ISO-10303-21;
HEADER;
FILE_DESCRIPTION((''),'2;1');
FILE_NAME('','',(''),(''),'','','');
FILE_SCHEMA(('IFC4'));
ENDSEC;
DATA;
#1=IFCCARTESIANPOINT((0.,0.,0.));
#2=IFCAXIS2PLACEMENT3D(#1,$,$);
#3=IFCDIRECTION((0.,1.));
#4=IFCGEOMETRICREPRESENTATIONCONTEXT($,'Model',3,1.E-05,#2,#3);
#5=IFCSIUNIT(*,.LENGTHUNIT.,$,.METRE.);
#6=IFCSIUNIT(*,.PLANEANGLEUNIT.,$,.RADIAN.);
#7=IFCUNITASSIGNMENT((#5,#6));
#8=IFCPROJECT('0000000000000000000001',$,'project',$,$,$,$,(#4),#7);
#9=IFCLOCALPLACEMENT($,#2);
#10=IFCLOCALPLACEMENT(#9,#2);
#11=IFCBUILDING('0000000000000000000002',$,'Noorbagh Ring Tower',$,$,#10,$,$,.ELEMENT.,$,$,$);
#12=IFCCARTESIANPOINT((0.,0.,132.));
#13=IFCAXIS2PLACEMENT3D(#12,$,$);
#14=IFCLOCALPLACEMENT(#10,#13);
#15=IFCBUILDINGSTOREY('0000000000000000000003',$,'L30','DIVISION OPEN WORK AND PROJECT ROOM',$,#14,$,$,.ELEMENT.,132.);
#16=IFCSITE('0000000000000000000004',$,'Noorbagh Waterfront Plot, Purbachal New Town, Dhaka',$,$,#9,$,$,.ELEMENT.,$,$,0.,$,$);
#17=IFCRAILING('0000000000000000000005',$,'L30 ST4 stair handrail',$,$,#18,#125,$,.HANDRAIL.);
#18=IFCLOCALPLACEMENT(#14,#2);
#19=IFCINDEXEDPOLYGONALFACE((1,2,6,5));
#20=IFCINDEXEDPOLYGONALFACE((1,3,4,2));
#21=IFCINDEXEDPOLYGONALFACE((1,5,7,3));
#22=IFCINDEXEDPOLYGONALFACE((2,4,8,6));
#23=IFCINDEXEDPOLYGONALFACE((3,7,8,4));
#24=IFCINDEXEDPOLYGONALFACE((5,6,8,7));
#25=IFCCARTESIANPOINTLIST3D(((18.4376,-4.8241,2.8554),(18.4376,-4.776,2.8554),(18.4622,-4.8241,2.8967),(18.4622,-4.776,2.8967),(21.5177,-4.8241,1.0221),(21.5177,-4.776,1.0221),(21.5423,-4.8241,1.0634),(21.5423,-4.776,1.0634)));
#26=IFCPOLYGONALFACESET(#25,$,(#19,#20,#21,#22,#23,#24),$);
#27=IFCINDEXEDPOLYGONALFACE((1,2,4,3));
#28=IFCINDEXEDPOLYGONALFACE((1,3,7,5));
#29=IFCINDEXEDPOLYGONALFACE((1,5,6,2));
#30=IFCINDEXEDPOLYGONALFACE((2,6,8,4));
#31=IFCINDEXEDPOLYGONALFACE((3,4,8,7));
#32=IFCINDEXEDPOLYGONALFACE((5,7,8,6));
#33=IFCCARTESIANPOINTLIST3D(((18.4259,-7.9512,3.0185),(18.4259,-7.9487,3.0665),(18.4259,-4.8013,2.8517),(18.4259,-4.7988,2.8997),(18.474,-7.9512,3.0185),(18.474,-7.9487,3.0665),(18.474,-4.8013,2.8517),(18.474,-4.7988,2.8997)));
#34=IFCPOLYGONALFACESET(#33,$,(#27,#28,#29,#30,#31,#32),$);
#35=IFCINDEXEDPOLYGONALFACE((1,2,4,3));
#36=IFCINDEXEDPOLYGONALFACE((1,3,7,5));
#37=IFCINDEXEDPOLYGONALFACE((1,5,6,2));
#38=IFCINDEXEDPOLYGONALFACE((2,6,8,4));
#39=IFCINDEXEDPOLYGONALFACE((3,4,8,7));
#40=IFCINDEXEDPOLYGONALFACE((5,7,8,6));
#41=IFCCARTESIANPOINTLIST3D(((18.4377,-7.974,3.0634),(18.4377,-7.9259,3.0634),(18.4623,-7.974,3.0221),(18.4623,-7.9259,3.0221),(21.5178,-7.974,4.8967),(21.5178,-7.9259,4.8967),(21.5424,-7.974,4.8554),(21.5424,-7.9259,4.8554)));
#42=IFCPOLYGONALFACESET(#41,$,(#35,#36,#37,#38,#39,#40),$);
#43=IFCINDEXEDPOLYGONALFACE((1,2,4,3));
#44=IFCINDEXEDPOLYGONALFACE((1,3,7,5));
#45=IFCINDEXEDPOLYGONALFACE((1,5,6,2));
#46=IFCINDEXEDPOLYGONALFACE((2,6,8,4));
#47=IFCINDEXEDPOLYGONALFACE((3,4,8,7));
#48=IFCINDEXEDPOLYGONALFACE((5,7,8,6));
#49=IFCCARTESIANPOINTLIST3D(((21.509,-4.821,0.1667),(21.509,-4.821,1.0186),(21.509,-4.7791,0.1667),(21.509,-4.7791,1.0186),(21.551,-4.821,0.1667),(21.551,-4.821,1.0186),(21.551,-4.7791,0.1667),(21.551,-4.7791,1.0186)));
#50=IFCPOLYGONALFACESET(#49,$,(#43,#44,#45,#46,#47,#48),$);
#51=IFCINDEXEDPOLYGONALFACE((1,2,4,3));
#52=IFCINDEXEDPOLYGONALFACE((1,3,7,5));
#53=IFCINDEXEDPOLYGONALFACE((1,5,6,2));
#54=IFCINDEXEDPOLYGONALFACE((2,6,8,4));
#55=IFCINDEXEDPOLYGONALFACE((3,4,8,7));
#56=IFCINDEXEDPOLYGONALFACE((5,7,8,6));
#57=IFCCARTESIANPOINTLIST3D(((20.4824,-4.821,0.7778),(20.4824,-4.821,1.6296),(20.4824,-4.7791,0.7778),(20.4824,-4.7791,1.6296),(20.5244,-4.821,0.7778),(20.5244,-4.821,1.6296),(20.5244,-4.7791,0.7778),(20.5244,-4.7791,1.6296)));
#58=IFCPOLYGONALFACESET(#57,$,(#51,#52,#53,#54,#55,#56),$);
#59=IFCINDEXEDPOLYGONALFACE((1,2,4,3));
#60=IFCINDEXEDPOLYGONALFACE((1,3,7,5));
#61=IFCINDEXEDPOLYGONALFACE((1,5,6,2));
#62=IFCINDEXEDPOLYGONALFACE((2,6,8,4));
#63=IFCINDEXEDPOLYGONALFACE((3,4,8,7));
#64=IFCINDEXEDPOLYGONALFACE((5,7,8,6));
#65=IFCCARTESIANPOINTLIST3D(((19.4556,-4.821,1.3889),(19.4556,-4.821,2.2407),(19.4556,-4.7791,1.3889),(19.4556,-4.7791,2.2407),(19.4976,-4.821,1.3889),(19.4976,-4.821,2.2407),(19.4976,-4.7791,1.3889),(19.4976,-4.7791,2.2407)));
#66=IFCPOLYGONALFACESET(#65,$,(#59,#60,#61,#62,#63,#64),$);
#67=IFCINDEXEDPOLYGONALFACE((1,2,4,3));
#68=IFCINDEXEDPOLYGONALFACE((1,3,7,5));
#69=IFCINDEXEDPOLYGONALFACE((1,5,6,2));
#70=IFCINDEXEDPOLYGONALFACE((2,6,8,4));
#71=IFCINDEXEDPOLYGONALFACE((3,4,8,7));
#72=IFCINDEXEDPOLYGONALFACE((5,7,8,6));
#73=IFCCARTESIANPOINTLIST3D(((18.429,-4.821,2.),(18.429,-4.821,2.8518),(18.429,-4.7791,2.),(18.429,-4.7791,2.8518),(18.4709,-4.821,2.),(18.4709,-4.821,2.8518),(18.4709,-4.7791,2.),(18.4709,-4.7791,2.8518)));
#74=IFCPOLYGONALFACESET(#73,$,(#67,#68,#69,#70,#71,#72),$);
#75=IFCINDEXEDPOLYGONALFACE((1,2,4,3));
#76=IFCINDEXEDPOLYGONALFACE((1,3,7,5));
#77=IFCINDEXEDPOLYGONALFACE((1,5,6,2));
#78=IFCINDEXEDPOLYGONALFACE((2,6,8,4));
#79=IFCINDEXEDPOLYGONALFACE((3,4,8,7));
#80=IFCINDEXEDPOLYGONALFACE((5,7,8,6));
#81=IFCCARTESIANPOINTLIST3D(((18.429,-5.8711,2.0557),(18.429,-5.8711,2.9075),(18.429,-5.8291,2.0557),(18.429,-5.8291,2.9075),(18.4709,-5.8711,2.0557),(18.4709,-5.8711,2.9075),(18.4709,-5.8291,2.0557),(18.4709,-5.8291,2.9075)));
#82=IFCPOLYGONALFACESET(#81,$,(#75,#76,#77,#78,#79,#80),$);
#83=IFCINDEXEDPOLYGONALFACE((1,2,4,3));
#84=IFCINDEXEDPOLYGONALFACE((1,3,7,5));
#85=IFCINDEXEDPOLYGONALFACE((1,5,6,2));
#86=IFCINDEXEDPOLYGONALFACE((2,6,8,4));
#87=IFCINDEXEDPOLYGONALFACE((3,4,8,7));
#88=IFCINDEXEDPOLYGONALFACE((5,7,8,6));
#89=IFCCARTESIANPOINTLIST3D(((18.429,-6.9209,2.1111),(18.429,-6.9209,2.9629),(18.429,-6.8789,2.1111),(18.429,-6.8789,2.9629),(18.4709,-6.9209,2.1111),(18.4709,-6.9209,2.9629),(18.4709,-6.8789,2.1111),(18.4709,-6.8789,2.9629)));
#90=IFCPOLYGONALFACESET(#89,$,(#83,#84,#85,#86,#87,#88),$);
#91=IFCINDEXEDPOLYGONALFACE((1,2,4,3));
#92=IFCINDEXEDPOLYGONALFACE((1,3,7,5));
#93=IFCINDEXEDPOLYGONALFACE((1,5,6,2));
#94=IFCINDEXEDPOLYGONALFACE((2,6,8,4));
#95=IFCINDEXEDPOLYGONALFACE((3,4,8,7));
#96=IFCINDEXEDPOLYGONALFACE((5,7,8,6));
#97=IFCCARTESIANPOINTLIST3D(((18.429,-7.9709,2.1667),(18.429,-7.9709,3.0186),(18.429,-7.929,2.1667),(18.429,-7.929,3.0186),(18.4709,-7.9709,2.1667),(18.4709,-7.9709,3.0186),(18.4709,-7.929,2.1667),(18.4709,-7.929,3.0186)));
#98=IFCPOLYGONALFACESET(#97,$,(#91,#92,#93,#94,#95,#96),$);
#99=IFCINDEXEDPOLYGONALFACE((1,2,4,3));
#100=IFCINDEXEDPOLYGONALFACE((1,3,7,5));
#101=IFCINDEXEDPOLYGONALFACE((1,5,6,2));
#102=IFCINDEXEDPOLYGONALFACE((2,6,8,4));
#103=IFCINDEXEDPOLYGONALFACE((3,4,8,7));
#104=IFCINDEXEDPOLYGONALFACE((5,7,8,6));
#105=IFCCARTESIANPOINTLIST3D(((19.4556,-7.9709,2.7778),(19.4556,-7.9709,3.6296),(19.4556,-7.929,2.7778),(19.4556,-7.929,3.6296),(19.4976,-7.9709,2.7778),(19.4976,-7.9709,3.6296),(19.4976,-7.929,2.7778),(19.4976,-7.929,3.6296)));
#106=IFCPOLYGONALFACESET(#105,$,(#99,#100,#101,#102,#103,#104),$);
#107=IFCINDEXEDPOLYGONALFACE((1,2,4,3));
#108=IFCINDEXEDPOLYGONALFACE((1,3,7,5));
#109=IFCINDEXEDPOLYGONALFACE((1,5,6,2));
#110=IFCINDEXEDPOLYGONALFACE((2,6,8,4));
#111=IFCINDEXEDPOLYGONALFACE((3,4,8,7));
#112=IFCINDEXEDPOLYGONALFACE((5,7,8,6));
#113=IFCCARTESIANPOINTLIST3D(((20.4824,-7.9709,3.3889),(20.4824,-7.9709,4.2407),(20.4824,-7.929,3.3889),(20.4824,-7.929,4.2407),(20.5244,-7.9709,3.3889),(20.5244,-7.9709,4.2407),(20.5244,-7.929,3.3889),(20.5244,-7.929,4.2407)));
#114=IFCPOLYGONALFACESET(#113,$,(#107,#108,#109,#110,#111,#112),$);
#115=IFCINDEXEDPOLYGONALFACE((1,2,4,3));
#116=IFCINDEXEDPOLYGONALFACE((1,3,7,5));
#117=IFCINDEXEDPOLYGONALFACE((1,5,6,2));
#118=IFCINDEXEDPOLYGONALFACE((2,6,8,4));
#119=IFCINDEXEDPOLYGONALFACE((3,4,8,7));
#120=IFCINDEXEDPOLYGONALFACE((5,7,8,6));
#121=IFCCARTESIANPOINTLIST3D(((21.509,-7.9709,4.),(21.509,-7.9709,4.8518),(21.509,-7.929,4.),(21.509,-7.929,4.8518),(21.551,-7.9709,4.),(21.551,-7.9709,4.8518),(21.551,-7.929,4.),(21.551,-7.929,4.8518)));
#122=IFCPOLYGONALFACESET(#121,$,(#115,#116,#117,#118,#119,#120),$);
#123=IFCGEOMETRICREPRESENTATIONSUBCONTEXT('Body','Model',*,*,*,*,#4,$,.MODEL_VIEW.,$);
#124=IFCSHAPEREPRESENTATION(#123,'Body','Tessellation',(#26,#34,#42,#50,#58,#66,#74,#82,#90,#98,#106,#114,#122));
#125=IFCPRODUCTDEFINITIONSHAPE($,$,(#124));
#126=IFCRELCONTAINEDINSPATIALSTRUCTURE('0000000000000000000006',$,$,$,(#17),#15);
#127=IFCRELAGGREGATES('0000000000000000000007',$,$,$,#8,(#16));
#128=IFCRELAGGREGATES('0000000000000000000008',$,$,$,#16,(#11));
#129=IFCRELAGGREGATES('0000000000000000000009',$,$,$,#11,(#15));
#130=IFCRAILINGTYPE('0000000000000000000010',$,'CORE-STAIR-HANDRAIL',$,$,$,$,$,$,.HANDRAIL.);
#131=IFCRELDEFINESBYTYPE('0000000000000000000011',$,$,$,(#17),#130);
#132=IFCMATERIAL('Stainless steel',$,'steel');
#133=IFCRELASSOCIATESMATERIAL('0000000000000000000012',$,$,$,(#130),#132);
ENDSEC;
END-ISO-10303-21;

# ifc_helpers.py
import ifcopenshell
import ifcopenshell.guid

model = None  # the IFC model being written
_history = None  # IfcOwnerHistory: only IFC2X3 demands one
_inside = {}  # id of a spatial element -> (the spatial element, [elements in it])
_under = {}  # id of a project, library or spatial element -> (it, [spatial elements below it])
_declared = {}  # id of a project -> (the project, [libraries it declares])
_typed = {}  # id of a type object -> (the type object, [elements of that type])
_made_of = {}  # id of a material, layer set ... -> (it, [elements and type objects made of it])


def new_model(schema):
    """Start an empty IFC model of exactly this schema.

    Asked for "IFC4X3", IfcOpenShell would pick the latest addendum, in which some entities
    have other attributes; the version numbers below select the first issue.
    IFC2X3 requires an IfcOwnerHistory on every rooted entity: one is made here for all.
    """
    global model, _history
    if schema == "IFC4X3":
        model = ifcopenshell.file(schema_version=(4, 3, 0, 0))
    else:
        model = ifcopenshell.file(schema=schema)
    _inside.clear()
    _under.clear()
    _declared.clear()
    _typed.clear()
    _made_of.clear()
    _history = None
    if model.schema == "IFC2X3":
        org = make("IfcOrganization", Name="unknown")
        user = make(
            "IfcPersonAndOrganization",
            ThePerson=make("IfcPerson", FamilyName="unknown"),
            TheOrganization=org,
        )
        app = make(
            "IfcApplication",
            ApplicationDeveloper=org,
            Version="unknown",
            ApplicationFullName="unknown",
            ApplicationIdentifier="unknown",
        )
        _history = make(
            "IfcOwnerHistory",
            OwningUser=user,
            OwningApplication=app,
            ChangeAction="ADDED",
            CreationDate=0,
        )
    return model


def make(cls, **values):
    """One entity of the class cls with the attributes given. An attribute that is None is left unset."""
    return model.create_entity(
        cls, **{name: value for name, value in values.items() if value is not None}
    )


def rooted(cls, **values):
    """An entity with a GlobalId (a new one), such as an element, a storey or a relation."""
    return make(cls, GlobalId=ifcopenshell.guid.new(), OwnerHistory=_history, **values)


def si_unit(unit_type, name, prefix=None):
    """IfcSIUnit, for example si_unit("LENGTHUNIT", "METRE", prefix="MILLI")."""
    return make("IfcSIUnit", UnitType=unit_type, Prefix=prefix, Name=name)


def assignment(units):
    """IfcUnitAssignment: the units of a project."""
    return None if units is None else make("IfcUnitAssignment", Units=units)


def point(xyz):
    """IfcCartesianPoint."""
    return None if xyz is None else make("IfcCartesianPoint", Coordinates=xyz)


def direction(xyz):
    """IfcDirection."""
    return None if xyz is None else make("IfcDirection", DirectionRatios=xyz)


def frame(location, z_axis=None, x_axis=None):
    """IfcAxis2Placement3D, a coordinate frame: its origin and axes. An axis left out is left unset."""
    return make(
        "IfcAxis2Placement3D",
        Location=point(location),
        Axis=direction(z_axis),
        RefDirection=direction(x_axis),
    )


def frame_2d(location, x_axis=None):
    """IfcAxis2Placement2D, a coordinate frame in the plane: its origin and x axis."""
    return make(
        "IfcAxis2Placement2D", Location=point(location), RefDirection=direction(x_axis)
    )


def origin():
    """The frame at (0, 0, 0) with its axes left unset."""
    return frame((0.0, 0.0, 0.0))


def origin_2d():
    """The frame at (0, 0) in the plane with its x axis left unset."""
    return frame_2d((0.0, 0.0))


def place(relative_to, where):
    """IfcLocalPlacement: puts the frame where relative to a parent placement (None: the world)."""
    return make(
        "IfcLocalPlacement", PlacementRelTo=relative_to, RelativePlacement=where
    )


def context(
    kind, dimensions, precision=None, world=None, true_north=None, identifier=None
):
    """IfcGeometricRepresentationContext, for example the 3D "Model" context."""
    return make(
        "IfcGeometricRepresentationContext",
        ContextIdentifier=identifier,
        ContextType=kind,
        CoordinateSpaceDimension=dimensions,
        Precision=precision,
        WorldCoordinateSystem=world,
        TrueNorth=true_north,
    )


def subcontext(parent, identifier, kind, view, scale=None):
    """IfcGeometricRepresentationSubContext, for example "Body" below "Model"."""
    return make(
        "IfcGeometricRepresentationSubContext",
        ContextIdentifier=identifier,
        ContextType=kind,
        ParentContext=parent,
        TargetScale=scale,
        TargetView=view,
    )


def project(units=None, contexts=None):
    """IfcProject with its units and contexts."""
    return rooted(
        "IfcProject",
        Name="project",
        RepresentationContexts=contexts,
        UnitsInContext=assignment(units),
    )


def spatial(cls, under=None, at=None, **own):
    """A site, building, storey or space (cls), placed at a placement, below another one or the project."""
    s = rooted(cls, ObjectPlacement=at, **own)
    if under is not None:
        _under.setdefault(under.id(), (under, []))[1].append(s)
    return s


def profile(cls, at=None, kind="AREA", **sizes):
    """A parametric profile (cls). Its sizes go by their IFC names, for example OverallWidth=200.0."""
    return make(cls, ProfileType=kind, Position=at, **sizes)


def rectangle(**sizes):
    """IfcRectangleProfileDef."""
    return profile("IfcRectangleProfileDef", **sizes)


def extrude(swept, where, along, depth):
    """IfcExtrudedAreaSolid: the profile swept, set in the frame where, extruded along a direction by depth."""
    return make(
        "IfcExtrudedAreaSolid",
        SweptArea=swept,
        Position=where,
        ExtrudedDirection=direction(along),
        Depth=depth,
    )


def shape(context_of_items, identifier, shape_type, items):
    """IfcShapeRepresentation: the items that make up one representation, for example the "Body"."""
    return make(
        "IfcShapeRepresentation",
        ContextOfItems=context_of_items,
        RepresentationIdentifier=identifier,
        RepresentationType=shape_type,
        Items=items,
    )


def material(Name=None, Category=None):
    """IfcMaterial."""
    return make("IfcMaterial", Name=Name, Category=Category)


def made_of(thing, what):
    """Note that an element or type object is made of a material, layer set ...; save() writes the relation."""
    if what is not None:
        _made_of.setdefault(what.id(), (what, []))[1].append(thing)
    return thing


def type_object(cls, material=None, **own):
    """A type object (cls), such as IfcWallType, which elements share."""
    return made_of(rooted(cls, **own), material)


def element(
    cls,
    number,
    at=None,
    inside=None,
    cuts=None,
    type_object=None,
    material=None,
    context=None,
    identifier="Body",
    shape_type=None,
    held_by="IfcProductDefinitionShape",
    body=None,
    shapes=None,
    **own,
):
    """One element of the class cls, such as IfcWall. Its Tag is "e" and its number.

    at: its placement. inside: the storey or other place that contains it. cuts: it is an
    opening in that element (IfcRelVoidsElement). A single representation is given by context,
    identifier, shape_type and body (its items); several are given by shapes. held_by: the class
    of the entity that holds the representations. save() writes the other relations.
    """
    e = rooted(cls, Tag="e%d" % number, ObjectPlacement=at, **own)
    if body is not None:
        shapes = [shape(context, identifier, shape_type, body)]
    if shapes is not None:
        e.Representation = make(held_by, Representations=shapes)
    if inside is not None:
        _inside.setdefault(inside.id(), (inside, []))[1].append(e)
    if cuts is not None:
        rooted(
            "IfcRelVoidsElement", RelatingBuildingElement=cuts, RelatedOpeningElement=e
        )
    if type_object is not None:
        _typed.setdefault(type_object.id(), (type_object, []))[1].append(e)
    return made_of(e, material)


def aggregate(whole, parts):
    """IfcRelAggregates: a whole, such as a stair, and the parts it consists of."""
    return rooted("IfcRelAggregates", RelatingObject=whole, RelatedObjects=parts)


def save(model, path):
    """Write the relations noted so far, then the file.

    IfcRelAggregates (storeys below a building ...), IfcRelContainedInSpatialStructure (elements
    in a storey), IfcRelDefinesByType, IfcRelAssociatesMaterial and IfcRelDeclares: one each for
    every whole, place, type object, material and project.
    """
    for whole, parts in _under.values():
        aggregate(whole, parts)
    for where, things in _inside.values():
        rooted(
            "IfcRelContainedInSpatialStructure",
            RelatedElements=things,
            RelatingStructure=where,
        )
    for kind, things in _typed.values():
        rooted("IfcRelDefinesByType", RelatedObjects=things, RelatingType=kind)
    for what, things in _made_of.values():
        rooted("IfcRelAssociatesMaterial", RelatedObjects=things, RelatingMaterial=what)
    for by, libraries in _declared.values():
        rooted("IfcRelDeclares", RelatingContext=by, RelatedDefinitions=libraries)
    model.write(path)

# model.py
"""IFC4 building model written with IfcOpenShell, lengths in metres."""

from ifc_helpers import new_model, si_unit, direction, frame, origin, origin_2d, place, context, subcontext, project, spatial, rectangle, extrude, material, type_object, element, save


model = new_model("IFC4")

# Units and contexts
model_context = context("Model", 3, precision=1e-05, world=origin(), true_north=direction((0.0, 1.0)))
body_context = subcontext(model_context, "Body", "Model", "MODEL_VIEW")
ifc_project = project(units=[si_unit("LENGTHUNIT", "METRE"), si_unit("PLANEANGLEUNIT", "RADIAN")], contexts=[model_context])

# Site, building, storey
site_placement = place(None, origin())
site = spatial("IfcSite", under=ifc_project, at=site_placement, Name="Noorbagh Waterfront Plot, Purbachal New Town, Dhaka", CompositionType="ELEMENT", RefElevation=0.0)
building_placement = place(site_placement, origin())
building = spatial("IfcBuilding", under=site, at=building_placement, Name="Noorbagh Ring Tower", CompositionType="ELEMENT")
storey_placement = place(building_placement, frame((0.0, 0.0, 132.0)))
storey = spatial("IfcBuildingStorey", under=building, at=storey_placement, Name="L30", Description="DIVISION OPEN WORK AND PROJECT ROOM", CompositionType="ELEMENT", Elevation=132.0)

# Railing
ifc_material_1 = material(Name="Stainless steel", Category="steel")
railing_type_1 = type_object("IfcRailingType", Name="CORE-STAIR-HANDRAIL", PredefinedType="HANDRAIL", material=ifc_material_1)
railing_1_placement = place(storey_placement, frame((21.53, -4.8, 0.1667)))
element("IfcRailing", 1, at=railing_1_placement, inside=storey, type_object=railing_type_1, Name="L30 ST4 stair handrail", PredefinedType="HANDRAIL", context=body_context, shape_type="SweptSolid", body=[
    extrude(rectangle(XDim=0.0481, YDim=0.0481, at=origin_2d()), frame((0.0, 0.0, 0.876), z_axis=(-0.859309, 0.0, 0.511458), x_axis=(0.0, -1.0, 0.0)), (0.0, 0.0, 1.0), 3.5845),
    extrude(rectangle(XDim=0.0481, YDim=0.0481, at=origin_2d()), frame((-3.0801, 0.0, 2.709), z_axis=(0.0, -0.998602, 0.052864), x_axis=(1.0, 0.0, 0.0)), (0.0, 0.0, 1.0), 3.1543),
    extrude(rectangle(XDim=0.0481, YDim=0.0481, at=origin_2d()), frame((-3.0801, -3.1499, 2.876), z_axis=(0.859309, 0.0, 0.511458), x_axis=(0.0, 1.0, 0.0)), (0.0, 0.0, 1.0), 3.5845),
    extrude(rectangle(XDim=0.042, YDim=0.042, at=origin_2d()), origin(), (0.0, 0.0, 1.0), 0.8518),
    extrude(rectangle(XDim=0.042, YDim=0.042, at=origin_2d()), frame((-1.0266, 0.0, 0.6111)), (0.0, 0.0, 1.0), 0.8518),
    extrude(rectangle(XDim=0.042, YDim=0.042, at=origin_2d()), frame((-2.0535, 0.0, 1.2222)), (0.0, 0.0, 1.0), 0.8518),
    extrude(rectangle(XDim=0.042, YDim=0.042, at=origin_2d()), frame((-3.0801, 0.0, 1.8333)), (0.0, 0.0, 1.0), 0.8518),
    extrude(rectangle(XDim=0.042, YDim=0.042, at=origin_2d()), frame((-3.0801, -1.05, 1.8889)), (0.0, 0.0, 1.0), 0.8518),
    extrude(rectangle(XDim=0.042, YDim=0.042, at=origin_2d()), frame((-3.0801, -2.0999, 1.9443)), (0.0, 0.0, 1.0), 0.8518),
    extrude(rectangle(XDim=0.042, YDim=0.042, at=origin_2d()), frame((-3.0801, -3.1499, 2.0)), (0.0, 0.0, 1.0), 0.8518),
    extrude(rectangle(XDim=0.042, YDim=0.042, at=origin_2d()), frame((-2.0535, -3.1499, 2.6111)), (0.0, 0.0, 1.0), 0.8518),
    extrude(rectangle(XDim=0.042, YDim=0.042, at=origin_2d()), frame((-1.0266, -3.1499, 3.2222)), (0.0, 0.0, 1.0), 0.8518),
    extrude(rectangle(XDim=0.042, YDim=0.042, at=origin_2d()), frame((0.0, -3.1499, 3.8333)), (0.0, 0.0, 1.0), 0.8518),
])

save(model, "model.ifc")
